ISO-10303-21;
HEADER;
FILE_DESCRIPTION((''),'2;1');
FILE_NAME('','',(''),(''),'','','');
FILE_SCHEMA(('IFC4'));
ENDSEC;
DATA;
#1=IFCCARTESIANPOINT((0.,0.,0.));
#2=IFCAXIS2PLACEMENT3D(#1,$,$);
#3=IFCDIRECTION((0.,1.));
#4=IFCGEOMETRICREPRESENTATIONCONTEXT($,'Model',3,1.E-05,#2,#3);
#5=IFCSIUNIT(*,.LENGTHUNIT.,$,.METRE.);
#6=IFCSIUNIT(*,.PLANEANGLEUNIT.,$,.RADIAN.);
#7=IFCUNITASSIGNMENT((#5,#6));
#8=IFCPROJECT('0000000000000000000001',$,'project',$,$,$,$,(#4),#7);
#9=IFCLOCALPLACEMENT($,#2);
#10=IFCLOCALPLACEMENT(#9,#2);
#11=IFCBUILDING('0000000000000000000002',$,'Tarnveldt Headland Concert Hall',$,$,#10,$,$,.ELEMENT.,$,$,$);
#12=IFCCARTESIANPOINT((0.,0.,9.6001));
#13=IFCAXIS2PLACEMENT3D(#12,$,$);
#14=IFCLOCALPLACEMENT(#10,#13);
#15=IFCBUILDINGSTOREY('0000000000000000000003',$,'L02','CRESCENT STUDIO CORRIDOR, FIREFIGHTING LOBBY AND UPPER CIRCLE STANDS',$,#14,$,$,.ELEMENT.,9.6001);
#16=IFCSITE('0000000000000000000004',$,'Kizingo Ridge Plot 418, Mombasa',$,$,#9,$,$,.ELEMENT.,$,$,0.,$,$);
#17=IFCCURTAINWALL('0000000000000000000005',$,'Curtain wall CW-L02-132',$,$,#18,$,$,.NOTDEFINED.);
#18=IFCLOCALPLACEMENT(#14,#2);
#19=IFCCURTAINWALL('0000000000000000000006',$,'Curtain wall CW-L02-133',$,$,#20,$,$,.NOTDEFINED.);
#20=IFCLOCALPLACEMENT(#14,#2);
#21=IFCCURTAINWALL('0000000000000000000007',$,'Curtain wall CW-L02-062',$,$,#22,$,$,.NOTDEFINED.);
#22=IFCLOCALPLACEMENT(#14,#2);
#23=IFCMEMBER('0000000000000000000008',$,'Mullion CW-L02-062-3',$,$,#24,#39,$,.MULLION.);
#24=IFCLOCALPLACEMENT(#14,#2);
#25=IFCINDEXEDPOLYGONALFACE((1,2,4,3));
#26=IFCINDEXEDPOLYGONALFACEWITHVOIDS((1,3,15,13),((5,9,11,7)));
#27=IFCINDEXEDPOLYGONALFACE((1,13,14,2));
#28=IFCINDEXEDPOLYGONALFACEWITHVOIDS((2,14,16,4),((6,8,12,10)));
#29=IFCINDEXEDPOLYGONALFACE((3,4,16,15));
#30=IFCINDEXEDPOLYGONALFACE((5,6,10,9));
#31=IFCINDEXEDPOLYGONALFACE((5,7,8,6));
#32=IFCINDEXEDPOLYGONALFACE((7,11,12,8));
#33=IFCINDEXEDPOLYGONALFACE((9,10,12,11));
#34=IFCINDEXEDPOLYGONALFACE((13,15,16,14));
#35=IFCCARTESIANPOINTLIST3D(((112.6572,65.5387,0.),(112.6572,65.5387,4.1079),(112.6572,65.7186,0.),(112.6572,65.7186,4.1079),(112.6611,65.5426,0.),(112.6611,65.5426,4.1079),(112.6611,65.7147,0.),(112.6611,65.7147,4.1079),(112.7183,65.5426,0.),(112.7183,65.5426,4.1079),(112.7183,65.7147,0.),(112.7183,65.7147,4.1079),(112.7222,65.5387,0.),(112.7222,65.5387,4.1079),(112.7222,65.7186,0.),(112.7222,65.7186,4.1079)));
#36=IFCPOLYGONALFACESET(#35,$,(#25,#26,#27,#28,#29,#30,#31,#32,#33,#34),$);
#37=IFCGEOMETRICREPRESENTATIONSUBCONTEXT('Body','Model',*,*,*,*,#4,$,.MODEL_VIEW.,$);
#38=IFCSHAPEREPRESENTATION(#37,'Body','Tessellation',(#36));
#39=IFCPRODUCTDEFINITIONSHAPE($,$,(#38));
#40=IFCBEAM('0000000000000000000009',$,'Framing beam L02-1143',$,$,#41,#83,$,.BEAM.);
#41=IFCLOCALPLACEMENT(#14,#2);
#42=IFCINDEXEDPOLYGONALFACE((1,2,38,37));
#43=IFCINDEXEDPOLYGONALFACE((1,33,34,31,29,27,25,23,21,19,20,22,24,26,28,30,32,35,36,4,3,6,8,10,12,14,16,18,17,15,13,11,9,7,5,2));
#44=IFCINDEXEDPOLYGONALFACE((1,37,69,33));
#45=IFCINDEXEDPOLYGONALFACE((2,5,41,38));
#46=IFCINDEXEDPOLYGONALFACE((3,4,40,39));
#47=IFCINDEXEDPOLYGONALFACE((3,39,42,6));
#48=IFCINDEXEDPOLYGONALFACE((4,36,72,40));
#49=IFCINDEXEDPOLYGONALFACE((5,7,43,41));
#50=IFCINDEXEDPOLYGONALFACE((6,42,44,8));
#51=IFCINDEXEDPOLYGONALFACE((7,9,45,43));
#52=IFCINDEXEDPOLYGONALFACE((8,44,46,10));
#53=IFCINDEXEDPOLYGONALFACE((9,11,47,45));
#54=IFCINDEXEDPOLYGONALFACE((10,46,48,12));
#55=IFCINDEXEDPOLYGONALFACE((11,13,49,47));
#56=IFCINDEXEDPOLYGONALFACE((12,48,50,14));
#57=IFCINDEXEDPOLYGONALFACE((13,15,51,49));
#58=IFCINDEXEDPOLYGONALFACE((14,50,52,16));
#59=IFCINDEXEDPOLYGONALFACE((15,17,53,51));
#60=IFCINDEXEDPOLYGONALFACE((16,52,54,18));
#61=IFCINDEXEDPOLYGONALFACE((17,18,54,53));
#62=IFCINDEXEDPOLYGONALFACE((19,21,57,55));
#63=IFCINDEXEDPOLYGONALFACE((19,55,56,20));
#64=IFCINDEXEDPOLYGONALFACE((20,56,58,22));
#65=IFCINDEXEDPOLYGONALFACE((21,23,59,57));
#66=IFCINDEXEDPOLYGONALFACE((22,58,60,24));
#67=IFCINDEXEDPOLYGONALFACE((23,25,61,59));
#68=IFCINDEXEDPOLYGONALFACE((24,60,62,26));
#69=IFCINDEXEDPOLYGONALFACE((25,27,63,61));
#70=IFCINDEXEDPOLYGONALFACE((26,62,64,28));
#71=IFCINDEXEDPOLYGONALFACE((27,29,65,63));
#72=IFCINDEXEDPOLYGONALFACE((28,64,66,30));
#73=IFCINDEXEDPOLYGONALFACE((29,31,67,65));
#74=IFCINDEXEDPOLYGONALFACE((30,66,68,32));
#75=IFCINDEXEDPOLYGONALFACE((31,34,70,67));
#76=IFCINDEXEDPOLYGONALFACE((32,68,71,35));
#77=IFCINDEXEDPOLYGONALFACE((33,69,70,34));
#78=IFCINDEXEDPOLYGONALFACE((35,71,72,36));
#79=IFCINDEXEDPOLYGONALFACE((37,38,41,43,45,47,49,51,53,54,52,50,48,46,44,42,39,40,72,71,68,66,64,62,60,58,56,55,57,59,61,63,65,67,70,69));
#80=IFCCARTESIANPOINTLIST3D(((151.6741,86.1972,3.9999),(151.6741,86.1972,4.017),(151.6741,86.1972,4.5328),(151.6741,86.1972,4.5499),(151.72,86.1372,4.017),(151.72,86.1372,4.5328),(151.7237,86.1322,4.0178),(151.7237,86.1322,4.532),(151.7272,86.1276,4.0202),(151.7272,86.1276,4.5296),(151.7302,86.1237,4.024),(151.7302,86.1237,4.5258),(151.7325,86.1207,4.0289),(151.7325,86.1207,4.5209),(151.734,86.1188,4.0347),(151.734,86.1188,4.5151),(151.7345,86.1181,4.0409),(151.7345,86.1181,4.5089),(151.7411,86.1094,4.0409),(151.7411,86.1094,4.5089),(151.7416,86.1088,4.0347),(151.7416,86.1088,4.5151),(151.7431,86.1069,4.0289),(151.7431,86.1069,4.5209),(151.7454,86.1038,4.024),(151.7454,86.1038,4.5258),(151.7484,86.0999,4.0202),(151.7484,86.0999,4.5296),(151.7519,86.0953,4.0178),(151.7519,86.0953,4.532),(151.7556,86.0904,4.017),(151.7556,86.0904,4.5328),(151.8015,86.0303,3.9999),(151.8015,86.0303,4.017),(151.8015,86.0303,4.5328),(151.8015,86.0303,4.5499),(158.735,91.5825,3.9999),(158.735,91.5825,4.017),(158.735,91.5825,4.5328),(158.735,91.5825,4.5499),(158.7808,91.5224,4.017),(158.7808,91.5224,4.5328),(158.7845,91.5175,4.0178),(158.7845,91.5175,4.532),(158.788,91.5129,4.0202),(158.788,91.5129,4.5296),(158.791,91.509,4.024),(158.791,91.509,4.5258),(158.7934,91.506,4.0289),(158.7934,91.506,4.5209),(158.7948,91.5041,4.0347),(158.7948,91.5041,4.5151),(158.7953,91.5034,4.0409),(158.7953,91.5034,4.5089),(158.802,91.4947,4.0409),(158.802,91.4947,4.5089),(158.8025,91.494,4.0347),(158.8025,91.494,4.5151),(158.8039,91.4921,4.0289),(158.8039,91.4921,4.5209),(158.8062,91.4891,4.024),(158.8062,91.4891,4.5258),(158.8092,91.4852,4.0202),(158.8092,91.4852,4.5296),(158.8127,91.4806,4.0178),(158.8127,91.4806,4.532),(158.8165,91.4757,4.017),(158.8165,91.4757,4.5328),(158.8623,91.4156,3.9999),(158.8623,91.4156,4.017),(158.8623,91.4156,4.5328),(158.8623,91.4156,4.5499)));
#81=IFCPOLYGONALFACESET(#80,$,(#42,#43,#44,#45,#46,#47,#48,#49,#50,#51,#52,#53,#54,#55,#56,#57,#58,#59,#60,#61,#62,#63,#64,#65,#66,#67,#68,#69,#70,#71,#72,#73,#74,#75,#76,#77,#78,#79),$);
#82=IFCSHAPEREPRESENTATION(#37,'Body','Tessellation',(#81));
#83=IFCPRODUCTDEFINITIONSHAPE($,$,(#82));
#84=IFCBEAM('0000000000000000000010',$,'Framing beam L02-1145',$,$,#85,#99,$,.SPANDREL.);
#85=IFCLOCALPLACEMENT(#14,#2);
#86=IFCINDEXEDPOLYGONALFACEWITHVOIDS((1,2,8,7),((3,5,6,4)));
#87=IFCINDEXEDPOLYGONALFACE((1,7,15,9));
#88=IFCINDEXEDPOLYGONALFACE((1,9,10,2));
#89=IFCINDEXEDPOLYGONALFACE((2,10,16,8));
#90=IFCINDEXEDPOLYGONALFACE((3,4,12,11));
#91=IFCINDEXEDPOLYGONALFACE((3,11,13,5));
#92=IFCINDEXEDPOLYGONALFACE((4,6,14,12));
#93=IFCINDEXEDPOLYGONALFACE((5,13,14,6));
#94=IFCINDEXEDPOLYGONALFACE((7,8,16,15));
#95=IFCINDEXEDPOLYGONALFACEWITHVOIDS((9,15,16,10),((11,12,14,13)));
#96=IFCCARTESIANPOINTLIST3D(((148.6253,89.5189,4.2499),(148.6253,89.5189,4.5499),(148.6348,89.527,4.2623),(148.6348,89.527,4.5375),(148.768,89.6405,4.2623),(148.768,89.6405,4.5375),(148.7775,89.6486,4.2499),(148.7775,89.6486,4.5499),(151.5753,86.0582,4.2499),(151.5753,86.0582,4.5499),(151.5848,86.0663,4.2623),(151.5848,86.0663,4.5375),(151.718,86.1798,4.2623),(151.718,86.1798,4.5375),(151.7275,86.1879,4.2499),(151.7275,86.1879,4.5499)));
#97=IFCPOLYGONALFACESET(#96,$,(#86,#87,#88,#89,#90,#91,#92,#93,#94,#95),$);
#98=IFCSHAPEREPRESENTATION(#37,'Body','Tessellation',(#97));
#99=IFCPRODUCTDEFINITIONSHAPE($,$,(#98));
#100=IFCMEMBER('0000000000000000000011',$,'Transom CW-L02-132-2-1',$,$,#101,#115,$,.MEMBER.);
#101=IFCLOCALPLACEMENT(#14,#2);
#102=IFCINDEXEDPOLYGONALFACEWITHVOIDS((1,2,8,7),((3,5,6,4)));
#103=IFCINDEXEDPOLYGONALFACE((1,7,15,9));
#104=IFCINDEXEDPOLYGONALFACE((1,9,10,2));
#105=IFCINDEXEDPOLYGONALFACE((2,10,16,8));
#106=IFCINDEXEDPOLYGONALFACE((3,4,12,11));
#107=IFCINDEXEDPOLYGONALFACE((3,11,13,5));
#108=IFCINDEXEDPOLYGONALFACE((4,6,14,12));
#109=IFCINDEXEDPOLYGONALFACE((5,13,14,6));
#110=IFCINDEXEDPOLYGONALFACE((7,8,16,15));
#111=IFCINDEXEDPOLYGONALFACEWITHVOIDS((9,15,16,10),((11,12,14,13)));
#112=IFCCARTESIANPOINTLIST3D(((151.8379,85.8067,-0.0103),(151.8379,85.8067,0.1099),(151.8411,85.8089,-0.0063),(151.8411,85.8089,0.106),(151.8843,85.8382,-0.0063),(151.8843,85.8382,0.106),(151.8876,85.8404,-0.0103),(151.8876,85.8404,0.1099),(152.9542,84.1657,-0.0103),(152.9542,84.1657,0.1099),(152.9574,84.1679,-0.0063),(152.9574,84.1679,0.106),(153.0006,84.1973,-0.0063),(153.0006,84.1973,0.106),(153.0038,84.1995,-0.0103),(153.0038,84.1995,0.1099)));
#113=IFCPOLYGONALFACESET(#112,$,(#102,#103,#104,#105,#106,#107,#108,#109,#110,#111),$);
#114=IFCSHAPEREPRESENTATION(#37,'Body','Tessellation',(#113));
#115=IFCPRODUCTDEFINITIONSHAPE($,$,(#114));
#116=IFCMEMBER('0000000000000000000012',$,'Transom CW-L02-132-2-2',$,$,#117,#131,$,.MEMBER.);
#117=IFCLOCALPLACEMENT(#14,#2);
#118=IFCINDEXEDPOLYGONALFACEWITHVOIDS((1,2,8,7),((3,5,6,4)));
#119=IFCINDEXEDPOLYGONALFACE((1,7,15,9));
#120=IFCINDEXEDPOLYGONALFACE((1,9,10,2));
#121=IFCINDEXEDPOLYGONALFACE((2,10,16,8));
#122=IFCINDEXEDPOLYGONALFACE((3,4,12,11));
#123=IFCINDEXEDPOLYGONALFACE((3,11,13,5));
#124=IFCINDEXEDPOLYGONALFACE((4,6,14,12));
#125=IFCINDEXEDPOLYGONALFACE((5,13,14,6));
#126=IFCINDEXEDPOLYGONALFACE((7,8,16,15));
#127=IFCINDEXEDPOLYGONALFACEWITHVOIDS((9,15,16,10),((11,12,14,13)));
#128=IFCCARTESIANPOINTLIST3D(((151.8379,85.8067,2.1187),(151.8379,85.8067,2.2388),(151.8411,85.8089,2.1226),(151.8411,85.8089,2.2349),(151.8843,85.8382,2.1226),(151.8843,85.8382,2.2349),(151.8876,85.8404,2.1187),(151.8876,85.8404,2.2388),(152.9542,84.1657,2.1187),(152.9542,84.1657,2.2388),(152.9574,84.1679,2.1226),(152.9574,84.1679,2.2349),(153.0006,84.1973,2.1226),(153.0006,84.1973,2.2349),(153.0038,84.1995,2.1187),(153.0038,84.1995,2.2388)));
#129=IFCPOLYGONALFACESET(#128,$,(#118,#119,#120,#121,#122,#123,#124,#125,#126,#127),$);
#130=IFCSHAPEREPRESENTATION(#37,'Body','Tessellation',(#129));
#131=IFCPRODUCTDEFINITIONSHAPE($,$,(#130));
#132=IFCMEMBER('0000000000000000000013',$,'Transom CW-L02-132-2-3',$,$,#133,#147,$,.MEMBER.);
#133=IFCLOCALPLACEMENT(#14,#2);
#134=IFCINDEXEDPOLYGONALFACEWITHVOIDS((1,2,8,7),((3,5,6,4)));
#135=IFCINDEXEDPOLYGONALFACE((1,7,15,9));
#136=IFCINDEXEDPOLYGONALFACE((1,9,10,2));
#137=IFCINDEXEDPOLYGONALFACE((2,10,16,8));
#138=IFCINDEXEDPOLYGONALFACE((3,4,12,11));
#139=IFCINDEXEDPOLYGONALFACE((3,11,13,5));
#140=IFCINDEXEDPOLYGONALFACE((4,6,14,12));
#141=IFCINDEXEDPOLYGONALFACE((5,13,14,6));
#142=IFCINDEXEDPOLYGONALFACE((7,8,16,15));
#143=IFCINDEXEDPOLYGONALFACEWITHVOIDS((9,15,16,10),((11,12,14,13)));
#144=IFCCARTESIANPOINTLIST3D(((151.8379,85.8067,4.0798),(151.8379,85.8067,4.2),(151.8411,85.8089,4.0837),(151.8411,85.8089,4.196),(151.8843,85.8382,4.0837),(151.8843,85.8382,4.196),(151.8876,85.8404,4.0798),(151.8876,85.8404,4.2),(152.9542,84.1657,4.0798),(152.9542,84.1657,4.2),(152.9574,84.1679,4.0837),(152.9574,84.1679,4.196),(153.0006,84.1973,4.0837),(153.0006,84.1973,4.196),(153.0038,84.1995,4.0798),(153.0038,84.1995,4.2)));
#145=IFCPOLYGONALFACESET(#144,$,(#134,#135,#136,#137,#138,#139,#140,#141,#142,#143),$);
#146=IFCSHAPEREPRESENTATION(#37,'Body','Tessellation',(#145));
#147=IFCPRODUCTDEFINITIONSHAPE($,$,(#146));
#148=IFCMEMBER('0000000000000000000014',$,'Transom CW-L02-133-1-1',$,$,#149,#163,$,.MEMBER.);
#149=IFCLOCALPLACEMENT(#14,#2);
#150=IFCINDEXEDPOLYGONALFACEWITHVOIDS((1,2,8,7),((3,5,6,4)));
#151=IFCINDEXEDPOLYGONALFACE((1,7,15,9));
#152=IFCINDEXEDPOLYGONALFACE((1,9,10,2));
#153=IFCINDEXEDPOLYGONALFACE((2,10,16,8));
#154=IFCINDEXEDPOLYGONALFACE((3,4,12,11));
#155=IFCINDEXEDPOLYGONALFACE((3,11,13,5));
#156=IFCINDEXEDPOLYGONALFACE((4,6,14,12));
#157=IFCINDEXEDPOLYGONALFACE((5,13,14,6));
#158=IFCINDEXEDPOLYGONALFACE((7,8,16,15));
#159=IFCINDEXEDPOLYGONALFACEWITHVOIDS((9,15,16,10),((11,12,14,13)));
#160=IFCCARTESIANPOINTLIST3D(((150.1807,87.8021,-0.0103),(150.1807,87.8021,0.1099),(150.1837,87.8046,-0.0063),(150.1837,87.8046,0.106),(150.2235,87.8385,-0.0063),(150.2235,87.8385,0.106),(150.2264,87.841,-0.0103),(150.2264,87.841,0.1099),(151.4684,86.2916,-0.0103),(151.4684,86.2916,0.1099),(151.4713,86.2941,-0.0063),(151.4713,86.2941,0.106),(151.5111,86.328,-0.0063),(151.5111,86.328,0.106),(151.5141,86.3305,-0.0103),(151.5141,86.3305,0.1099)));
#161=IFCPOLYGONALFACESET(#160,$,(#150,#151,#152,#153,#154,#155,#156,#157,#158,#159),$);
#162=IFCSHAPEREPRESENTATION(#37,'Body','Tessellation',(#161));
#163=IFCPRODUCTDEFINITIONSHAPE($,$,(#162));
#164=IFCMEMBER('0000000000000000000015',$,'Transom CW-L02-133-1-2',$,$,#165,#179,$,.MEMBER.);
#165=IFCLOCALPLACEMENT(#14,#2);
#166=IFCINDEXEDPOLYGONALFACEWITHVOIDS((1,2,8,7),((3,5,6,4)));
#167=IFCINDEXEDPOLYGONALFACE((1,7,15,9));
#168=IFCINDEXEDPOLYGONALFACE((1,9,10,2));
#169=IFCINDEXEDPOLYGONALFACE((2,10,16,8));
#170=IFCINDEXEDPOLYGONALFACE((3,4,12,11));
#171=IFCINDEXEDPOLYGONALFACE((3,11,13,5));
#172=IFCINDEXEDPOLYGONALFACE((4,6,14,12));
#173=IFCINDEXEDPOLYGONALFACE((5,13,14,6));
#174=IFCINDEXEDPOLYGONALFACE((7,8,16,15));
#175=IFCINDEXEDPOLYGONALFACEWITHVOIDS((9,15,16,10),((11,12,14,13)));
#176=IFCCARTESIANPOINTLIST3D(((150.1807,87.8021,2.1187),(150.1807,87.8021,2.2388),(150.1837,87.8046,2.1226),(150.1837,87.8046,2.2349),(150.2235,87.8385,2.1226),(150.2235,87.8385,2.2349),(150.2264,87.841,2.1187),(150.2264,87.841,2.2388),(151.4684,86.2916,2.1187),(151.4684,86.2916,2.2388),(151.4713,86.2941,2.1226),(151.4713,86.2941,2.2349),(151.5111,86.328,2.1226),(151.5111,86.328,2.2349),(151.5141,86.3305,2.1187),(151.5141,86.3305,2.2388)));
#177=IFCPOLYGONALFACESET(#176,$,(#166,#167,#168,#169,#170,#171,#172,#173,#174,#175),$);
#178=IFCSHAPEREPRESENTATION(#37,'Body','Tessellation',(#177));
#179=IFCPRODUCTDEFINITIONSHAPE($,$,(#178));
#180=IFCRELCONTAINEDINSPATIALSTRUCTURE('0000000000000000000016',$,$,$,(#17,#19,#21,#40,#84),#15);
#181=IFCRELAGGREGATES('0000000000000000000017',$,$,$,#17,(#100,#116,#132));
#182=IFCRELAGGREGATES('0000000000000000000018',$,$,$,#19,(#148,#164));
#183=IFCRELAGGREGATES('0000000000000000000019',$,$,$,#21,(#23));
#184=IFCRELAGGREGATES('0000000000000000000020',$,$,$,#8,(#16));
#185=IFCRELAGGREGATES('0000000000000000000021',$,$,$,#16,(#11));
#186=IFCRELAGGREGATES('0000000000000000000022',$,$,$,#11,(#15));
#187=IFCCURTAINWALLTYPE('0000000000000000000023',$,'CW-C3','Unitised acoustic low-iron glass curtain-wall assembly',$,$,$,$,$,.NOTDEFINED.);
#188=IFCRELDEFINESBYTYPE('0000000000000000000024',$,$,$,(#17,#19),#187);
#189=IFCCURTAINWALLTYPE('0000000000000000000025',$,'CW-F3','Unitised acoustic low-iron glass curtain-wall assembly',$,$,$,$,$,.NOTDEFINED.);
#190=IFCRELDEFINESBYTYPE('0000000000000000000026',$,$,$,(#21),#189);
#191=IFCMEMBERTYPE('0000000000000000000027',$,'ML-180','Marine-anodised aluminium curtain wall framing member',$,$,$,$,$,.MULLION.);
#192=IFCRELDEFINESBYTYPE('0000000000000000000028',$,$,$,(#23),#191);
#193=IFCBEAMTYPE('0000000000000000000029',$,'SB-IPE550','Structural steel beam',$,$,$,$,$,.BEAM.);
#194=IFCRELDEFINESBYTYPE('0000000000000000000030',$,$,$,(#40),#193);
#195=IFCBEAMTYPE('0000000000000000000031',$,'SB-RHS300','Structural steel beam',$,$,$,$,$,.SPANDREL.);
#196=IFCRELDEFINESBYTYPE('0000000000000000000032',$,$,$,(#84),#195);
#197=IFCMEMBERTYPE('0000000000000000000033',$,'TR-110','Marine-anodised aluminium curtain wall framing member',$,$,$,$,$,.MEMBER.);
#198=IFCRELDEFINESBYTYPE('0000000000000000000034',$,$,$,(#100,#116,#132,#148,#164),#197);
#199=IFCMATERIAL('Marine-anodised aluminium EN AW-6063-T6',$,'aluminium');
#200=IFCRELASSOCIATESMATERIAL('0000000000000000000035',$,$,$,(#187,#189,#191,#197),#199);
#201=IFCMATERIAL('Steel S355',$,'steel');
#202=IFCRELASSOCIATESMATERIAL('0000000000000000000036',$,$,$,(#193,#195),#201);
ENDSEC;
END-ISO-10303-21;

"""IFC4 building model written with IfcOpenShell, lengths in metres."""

from ifc_helpers import new_model, si_unit, direction, frame, origin, origin_2d, place, context, subcontext, project, spatial, hollow_rectangle, i_section, extrude, material, material_profile, profile_set, type_object, element, aggregate, save


model = new_model("IFC4")

# Units and contexts
model_context = context("Model", 3, precision=1e-05, world=origin(), true_north=direction((0.0, 1.0)))
body_context = subcontext(model_context, "Body", "Model", "MODEL_VIEW")
ifc_project = project(units=[si_unit("LENGTHUNIT", "METRE"), si_unit("PLANEANGLEUNIT", "RADIAN")], contexts=[model_context])

# Site, building, storey
site_placement = place(None, origin())
site = spatial("IfcSite", under=ifc_project, at=site_placement, Name="Kizingo Ridge Plot 418, Mombasa", CompositionType="ELEMENT", RefElevation=0.0)
building_placement = place(site_placement, origin())
building = spatial("IfcBuilding", under=site, at=building_placement, Name="Tarnveldt Headland Concert Hall", CompositionType="ELEMENT")
storey_placement = place(building_placement, frame((0.0, 0.0, 9.6001)))
storey = spatial("IfcBuildingStorey", under=building, at=storey_placement, Name="L02", Description="CRESCENT STUDIO CORRIDOR, FIREFIGHTING LOBBY AND UPPER CIRCLE STANDS", CompositionType="ELEMENT", Elevation=9.6001)

# Shared definitions
ifc_material_1 = material(Name="Steel S355", Category="steel")

# Curtain walls
ifc_material_2 = material(Name="Marine-anodised aluminium EN AW-6063-T6", Category="aluminium")
curtain_wall_type_1 = type_object("IfcCurtainWallType", Name="CW-C3", Description="Unitised acoustic low-iron glass curtain-wall assembly", PredefinedType="NOTDEFINED", material=ifc_material_2)
curtain_wall_1_placement = place(storey_placement, origin())
curtain_wall_1 = element("IfcCurtainWall", 1, at=curtain_wall_1_placement, inside=storey, type_object=curtain_wall_type_1, Name="Curtain wall CW-L02-132", PredefinedType="NOTDEFINED")
curtain_wall_2_placement = place(storey_placement, origin())
curtain_wall_2 = element("IfcCurtainWall", 2, at=curtain_wall_2_placement, inside=storey, type_object=curtain_wall_type_1, Name="Curtain wall CW-L02-133", PredefinedType="NOTDEFINED")

# Curtain wall, member
curtain_wall_type_2 = type_object("IfcCurtainWallType", Name="CW-F3", Description="Unitised acoustic low-iron glass curtain-wall assembly", PredefinedType="NOTDEFINED", material=ifc_material_2)
curtain_wall_3_placement = place(storey_placement, origin())
curtain_wall_3 = element("IfcCurtainWall", 3, at=curtain_wall_3_placement, inside=storey, type_object=curtain_wall_type_2, Name="Curtain wall CW-L02-062", PredefinedType="NOTDEFINED")
ifc_material_profile_1 = material_profile(ifc_material_2, hollow_rectangle(XDim=0.0649, YDim=0.1799, WallThickness=0.0039, at=origin_2d()), Name="ALU MULLION 65x180x4", Category="aluminium")
ifc_profile_set_1 = profile_set([ifc_material_profile_1], Name="Marine-anodised aluminium EN AW-6063-T6")
member_type_1 = type_object("IfcMemberType", Name="ML-180", Description="Marine-anodised aluminium curtain wall framing member", PredefinedType="MULLION", material=ifc_profile_set_1)
member_1_placement = place(storey_placement, frame((112.6897, 65.6287, 0.0), z_axis=(0.0, 0.0, 1.0), x_axis=(1.0, 0.0, 0.0)))
member_1 = element("IfcMember", 4, at=member_1_placement, type_object=member_type_1, Name="Mullion CW-L02-062-3", PredefinedType="MULLION", context=body_context, shape_type="SweptSolid", body=[
    extrude(hollow_rectangle(XDim=0.0649, YDim=0.1799, WallThickness=0.0039, at=origin_2d()), origin(), (0.0, 0.0, 1.0), 4.1079),
])

# Beams
ifc_material_profile_2 = material_profile(ifc_material_1, i_section(OverallWidth=0.21, OverallDepth=0.55, WebThickness=0.011, FlangeThickness=0.0171, FilletRadius=0.0239, at=origin_2d()), Name="IPE550", Category="steel")
ifc_profile_set_2 = profile_set([ifc_material_profile_2], Name="Steel S355")
beam_type_1 = type_object("IfcBeamType", Name="SB-IPE550", Description="Structural steel beam", PredefinedType="BEAM", material=ifc_profile_set_2)
beam_1_placement = place(storey_placement, frame((151.7378, 86.1138, 4.2749), z_axis=(0.795127, 0.606442, 0.0), x_axis=(-0.606442, 0.795127, 0.0)))
element("IfcBeam", 5, at=beam_1_placement, inside=storey, type_object=beam_type_1, Name="Framing beam L02-1143", PredefinedType="BEAM", context=body_context, shape_type="SweptSolid", body=[
    extrude(i_section(OverallWidth=0.21, OverallDepth=0.55, WebThickness=0.011, FlangeThickness=0.0171, FilletRadius=0.0239, at=origin_2d()), origin(), (0.0, 0.0, 1.0), 8.8801),
])
ifc_material_profile_3 = material_profile(ifc_material_1, hollow_rectangle(XDim=0.2, YDim=0.3, WallThickness=0.0125, at=origin_2d()), Name="RHS 300x200x12.5", Category="steel")
ifc_profile_set_3 = profile_set([ifc_material_profile_3], Name="Steel S355")
beam_type_2 = type_object("IfcBeamType", Name="SB-RHS300", Description="Structural steel beam", PredefinedType="SPANDREL", material=ifc_profile_set_3)
beam_2_placement = place(storey_placement, frame((151.6514, 86.123, 4.3999), z_axis=(-0.648715, 0.761031, 0.0), x_axis=(-0.761031, -0.648715, 0.0)))
element("IfcBeam", 6, at=beam_2_placement, inside=storey, type_object=beam_type_2, Name="Framing beam L02-1145", PredefinedType="SPANDREL", context=body_context, shape_type="SweptSolid", body=[
    extrude(hollow_rectangle(XDim=0.2, YDim=0.3, WallThickness=0.0125, at=origin_2d()), origin(), (0.0, 0.0, 1.0), 4.5474),
])

# Members
ifc_material_profile_4 = material_profile(ifc_material_2, hollow_rectangle(XDim=0.0601, YDim=0.1201, WallThickness=0.0039, at=origin_2d()), Name="ALU TRANSOM 60x120x4", Category="aluminium")
ifc_profile_set_4 = profile_set([ifc_material_profile_4], Name="Marine-anodised aluminium EN AW-6063-T6")
member_type_2 = type_object("IfcMemberType", Name="TR-110", Description="Marine-anodised aluminium curtain wall framing member", PredefinedType="MEMBER", material=ifc_profile_set_4)
member_2_placement = place(storey_placement, frame((152.979, 84.1826, 0.0498), z_axis=(-0.562455, 0.826828, 0.0), x_axis=(-0.826828, -0.562455, 0.0)))
member_2 = element("IfcMember", 7, at=member_2_placement, type_object=member_type_2, Name="Transom CW-L02-132-2-1", PredefinedType="MEMBER", context=body_context, shape_type="SweptSolid", body=[
    extrude(hollow_rectangle(XDim=0.0601, YDim=0.1201, WallThickness=0.0039, at=origin_2d()), origin(), (0.0, 0.0, 1.0), 1.9846),
])
member_3_placement = place(storey_placement, frame((152.979, 84.1826, 2.1787), z_axis=(-0.562455, 0.826828, 0.0), x_axis=(-0.826828, -0.562455, 0.0)))
member_3 = element("IfcMember", 8, at=member_3_placement, type_object=member_type_2, Name="Transom CW-L02-132-2-2", PredefinedType="MEMBER", context=body_context, shape_type="SweptSolid", body=[
    extrude(hollow_rectangle(XDim=0.0601, YDim=0.1201, WallThickness=0.0039, at=origin_2d()), origin(), (0.0, 0.0, 1.0), 1.9846),
])
member_4_placement = place(storey_placement, frame((152.979, 84.1826, 4.1399), z_axis=(-0.562455, 0.826828, 0.0), x_axis=(-0.826828, -0.562455, 0.0)))
member_4 = element("IfcMember", 9, at=member_4_placement, type_object=member_type_2, Name="Transom CW-L02-132-2-3", PredefinedType="MEMBER", context=body_context, shape_type="SweptSolid", body=[
    extrude(hollow_rectangle(XDim=0.0601, YDim=0.1201, WallThickness=0.0039, at=origin_2d()), origin(), (0.0, 0.0, 1.0), 1.9846),
])
member_5_placement = place(storey_placement, frame((151.4912, 86.311, 0.0498), z_axis=(-0.648722, 0.761025, 0.0), x_axis=(-0.761025, -0.648722, 0.0)))
member_5 = element("IfcMember", 10, at=member_5_placement, type_object=member_type_2, Name="Transom CW-L02-133-1-1", PredefinedType="MEMBER", context=body_context, shape_type="SweptSolid", body=[
    extrude(hollow_rectangle(XDim=0.0601, YDim=0.1201, WallThickness=0.0039, at=origin_2d()), origin(), (0.0, 0.0, 1.0), 1.9849),
])
member_6_placement = place(storey_placement, frame((151.4912, 86.311, 2.1787), z_axis=(-0.648722, 0.761025, 0.0), x_axis=(-0.761025, -0.648722, 0.0)))
member_6 = element("IfcMember", 11, at=member_6_placement, type_object=member_type_2, Name="Transom CW-L02-133-1-2", PredefinedType="MEMBER", context=body_context, shape_type="SweptSolid", body=[
    extrude(hollow_rectangle(XDim=0.0601, YDim=0.1201, WallThickness=0.0039, at=origin_2d()), origin(), (0.0, 0.0, 1.0), 1.9849),
])

aggregate(curtain_wall_1, [member_2, member_3, member_4])
aggregate(curtain_wall_2, [member_5, member_6])
aggregate(curtain_wall_3, [member_1])

save(model, "model.ifc")
